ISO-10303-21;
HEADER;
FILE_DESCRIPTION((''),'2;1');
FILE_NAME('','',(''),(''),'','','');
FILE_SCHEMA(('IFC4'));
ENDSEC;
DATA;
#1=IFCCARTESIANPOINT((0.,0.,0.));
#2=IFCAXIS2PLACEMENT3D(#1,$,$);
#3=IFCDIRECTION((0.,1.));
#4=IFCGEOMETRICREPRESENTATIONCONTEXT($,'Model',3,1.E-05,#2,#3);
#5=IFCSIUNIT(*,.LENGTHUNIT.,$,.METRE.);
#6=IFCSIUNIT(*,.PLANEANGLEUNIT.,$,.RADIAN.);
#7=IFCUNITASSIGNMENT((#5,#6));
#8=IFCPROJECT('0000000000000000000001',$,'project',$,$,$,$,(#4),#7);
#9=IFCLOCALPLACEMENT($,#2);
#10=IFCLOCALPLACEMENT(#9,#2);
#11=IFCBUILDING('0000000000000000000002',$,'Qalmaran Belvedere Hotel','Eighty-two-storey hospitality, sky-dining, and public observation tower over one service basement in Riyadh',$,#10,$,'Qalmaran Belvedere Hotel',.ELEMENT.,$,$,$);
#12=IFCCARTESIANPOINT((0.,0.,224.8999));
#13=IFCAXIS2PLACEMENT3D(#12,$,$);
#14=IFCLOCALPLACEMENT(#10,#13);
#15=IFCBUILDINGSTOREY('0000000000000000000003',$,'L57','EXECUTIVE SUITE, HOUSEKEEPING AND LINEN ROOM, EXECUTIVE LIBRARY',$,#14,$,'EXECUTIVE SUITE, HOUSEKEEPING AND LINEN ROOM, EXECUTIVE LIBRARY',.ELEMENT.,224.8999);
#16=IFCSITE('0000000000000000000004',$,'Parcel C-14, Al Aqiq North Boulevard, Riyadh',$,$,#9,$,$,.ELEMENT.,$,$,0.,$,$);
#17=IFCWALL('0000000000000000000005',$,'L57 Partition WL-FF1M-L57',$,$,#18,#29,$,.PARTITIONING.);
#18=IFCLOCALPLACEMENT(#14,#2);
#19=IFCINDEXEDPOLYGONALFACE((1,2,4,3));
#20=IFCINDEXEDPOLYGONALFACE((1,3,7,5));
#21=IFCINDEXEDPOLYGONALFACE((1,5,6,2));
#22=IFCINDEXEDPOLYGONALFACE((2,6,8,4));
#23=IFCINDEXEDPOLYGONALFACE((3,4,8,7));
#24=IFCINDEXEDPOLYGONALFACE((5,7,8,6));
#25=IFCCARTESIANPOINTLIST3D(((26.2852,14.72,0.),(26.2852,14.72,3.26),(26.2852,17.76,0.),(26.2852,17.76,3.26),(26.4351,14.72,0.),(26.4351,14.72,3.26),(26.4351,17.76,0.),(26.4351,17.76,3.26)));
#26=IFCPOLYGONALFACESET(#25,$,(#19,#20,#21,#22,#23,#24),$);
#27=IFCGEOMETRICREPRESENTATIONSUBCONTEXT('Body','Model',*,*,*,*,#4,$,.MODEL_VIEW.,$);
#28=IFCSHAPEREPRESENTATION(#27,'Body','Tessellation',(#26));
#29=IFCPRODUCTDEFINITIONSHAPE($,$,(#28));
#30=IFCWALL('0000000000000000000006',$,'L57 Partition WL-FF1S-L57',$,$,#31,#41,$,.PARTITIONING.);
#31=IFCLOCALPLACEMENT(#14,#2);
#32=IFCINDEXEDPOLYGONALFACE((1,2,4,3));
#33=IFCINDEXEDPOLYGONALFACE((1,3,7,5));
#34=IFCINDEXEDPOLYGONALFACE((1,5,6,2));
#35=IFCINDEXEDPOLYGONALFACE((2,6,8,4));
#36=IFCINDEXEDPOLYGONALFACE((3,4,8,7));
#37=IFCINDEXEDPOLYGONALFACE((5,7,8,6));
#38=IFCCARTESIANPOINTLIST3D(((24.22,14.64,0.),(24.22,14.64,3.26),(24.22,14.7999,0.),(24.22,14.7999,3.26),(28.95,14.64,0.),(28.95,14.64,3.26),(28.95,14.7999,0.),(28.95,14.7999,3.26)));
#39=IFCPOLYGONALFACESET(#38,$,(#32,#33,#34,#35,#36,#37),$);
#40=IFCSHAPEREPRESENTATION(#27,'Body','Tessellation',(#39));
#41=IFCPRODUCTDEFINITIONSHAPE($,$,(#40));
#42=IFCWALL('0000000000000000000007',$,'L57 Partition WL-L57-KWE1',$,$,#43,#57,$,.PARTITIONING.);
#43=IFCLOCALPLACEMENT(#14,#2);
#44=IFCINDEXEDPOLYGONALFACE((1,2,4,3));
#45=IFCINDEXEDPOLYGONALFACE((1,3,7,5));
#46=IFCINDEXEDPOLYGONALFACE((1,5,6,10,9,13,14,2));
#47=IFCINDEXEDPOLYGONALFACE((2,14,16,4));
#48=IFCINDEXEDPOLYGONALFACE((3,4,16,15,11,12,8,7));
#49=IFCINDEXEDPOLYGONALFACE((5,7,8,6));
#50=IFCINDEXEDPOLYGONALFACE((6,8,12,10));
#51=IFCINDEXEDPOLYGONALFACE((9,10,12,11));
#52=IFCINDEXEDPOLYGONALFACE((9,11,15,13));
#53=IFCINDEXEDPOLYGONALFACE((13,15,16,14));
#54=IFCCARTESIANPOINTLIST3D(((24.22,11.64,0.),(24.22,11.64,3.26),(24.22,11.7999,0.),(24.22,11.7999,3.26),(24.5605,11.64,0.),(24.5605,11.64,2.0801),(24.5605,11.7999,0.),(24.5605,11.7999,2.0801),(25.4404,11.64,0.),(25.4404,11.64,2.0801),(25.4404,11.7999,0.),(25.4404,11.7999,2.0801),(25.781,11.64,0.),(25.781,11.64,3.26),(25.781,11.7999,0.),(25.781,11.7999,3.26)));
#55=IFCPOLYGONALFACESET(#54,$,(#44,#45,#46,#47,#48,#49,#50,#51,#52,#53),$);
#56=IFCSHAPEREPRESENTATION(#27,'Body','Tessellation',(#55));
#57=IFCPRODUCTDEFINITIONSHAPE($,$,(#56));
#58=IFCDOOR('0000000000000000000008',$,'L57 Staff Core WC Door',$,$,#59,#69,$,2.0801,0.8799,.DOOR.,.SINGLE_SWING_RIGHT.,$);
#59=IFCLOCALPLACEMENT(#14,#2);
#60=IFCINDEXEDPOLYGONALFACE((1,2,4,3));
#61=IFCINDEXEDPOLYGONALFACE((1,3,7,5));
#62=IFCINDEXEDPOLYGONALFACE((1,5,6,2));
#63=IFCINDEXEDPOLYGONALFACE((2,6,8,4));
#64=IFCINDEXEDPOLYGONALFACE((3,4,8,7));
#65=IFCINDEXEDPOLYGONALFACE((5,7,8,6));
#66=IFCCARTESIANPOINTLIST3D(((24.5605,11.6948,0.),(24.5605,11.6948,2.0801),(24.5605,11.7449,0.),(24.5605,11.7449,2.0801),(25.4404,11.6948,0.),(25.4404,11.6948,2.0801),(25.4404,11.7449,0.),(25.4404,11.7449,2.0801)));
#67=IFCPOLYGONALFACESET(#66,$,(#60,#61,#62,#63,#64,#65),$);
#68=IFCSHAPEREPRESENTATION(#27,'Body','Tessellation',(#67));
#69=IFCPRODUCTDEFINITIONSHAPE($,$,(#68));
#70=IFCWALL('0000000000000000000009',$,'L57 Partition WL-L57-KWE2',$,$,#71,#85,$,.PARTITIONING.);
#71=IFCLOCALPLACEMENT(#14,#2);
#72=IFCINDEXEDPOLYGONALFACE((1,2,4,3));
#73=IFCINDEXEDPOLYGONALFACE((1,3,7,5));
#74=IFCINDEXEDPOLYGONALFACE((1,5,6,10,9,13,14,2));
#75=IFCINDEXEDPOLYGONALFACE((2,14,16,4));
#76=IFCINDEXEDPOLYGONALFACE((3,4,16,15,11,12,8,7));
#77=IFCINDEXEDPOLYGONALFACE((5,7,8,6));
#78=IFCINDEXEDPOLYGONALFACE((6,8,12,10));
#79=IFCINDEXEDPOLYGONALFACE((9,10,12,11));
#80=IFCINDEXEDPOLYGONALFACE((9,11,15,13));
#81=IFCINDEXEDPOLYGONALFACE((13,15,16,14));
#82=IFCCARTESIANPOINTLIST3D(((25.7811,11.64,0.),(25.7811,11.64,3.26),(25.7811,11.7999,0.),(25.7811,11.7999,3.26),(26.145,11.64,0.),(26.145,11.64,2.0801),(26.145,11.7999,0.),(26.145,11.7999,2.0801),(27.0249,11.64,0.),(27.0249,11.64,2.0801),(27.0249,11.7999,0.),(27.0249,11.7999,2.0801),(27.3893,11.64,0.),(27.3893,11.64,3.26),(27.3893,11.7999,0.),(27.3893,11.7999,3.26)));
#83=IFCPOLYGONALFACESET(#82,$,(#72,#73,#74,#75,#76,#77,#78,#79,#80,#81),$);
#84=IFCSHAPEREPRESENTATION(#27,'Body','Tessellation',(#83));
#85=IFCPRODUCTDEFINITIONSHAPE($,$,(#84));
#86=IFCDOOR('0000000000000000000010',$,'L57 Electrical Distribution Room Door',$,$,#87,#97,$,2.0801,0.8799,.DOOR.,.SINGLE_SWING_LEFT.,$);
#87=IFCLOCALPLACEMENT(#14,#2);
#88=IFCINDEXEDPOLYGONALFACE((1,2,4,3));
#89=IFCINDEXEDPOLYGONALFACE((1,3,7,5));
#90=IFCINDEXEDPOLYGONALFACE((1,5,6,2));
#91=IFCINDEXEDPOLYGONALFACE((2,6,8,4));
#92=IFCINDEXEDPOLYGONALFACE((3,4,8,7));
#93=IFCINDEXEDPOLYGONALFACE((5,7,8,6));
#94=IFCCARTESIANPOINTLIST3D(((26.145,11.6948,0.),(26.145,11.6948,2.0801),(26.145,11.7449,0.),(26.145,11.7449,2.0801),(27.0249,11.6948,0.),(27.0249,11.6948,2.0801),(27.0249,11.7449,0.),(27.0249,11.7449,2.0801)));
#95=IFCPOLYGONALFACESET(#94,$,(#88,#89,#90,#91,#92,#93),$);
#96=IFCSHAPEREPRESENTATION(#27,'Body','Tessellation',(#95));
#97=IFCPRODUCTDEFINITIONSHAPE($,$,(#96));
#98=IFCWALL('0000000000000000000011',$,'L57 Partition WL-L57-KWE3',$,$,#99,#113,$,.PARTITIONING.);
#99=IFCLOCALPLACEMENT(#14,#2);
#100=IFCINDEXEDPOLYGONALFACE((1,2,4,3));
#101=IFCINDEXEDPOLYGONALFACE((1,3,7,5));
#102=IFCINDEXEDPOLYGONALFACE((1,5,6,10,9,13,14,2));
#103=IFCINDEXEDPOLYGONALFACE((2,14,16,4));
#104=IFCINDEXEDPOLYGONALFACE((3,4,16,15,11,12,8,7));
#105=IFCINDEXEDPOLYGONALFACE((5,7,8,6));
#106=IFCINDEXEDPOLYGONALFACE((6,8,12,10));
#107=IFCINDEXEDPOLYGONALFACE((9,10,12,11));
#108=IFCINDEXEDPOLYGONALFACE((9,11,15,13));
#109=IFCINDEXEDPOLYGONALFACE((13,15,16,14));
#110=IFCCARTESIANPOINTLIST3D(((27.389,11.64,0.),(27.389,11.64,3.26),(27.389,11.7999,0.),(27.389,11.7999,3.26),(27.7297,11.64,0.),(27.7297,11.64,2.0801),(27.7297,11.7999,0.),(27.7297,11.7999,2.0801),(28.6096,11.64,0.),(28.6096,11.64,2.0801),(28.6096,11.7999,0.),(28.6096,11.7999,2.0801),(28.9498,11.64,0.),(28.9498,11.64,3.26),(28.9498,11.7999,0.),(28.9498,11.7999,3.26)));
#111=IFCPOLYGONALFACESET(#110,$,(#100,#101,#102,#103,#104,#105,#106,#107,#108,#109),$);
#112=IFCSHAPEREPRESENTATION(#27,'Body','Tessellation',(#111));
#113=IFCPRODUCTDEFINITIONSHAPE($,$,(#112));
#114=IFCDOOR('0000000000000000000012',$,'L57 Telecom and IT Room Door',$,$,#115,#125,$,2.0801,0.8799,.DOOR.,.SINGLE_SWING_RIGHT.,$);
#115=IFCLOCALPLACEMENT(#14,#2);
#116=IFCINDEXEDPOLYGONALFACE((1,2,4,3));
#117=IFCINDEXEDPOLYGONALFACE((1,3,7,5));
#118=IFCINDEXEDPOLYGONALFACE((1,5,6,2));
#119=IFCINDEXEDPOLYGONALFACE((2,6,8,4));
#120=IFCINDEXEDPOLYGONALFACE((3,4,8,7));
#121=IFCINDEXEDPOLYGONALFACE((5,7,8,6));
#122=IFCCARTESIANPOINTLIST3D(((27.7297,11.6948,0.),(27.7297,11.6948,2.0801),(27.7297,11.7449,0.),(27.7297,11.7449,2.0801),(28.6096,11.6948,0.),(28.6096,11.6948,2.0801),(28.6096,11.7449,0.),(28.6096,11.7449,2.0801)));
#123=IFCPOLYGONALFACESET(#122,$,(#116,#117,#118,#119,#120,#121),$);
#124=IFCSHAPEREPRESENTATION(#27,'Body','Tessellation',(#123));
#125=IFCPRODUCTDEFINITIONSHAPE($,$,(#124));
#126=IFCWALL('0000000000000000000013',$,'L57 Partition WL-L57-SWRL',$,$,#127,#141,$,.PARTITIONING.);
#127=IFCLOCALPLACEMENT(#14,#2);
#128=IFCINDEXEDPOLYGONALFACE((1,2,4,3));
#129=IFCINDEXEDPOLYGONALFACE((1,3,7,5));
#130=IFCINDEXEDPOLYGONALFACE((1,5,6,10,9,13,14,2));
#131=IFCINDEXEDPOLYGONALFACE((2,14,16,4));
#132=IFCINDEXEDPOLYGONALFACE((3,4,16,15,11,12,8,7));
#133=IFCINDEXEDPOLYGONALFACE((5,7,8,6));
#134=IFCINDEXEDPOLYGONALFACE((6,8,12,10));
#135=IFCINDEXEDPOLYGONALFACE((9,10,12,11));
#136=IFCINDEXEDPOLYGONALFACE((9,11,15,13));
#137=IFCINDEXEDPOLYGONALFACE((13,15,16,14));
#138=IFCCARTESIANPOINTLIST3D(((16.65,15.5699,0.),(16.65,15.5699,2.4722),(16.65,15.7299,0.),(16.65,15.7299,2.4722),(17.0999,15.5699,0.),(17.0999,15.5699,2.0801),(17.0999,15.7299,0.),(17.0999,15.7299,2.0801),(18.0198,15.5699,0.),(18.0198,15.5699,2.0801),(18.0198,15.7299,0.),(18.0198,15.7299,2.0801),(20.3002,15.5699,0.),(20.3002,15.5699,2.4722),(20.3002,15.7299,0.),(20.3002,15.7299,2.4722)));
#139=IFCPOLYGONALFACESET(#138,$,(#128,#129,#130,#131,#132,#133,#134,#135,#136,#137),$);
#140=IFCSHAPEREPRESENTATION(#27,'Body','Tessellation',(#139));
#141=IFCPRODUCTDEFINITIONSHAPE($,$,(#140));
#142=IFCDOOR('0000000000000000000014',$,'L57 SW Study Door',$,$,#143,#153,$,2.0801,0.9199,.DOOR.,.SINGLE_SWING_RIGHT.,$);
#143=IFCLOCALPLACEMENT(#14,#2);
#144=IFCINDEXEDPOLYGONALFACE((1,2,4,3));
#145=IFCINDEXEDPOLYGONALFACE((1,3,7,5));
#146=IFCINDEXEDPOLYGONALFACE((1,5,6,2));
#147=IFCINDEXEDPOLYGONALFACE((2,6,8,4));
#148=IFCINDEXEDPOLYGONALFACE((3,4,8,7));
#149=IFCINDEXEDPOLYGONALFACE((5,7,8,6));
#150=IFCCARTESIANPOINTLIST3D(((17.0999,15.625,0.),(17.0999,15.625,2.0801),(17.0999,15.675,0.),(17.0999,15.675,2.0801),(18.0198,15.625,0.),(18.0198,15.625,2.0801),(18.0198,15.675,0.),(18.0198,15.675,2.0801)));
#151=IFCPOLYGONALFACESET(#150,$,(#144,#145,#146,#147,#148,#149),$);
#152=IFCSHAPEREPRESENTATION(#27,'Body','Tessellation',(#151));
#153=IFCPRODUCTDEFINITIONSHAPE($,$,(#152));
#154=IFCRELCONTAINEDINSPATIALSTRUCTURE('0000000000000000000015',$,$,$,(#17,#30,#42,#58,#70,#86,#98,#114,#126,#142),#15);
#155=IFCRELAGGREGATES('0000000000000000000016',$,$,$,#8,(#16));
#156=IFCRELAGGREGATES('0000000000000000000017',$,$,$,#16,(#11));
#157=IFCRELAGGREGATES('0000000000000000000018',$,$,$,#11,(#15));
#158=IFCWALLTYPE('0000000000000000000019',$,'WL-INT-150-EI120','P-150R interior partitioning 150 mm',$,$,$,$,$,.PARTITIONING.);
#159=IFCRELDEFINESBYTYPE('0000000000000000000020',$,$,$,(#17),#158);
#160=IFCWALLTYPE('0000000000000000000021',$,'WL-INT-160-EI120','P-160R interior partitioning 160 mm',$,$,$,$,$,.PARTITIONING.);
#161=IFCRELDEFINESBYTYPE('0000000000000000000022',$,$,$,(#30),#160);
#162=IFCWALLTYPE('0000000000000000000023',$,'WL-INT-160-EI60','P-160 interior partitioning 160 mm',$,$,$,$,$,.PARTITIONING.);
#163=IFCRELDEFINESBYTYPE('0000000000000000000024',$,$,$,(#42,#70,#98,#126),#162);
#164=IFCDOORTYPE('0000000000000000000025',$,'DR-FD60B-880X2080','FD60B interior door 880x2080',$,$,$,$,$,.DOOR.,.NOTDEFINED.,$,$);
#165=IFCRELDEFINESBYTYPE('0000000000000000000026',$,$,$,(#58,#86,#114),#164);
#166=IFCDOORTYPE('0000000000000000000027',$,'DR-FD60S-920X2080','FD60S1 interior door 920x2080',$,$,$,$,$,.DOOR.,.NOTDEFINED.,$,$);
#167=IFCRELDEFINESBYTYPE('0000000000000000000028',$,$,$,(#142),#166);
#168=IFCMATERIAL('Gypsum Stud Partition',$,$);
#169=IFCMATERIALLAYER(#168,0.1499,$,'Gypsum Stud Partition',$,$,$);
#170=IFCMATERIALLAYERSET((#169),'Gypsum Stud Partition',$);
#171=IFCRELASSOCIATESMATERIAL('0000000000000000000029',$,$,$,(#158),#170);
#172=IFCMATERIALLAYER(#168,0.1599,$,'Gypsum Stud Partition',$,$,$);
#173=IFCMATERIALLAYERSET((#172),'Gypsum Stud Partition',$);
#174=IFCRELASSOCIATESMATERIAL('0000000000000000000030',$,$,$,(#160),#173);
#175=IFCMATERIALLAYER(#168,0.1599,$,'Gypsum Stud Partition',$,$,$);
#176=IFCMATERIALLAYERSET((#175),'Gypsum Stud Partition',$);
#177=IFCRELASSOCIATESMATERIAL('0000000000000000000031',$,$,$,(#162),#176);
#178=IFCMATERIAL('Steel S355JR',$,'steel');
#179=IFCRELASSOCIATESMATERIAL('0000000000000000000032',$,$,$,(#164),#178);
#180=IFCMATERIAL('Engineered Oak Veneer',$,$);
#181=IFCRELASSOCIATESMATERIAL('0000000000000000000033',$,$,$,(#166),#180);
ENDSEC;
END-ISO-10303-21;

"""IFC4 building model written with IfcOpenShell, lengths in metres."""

from ifc_helpers import new_model, si_unit, direction, frame, frame_2d, origin, place, context, subcontext, project, spatial, rectangle, extrude, material, layer, layer_set, type_object, element, fill, save


model = new_model("IFC4")

# Units and contexts
model_context = context("Model", 3, precision=1e-05, world=origin(), true_north=direction((0.0, 1.0)))
body_context = subcontext(model_context, "Body", "Model", "MODEL_VIEW")
ifc_project = project(units=[si_unit("LENGTHUNIT", "METRE"), si_unit("PLANEANGLEUNIT", "RADIAN")], contexts=[model_context])

# Site, building, storey
site_placement = place(None, origin())
site = spatial("IfcSite", under=ifc_project, at=site_placement, Name="Parcel C-14, Al Aqiq North Boulevard, Riyadh", CompositionType="ELEMENT", RefElevation=0.0)
building_placement = place(site_placement, origin())
building = spatial("IfcBuilding", under=site, at=building_placement, Name="Qalmaran Belvedere Hotel", Description="Eighty-two-storey hospitality, sky-dining, and public observation tower over one service basement in Riyadh", LongName="Qalmaran Belvedere Hotel", CompositionType="ELEMENT")
storey_placement = place(building_placement, frame((0.0, 0.0, 224.8999)))
storey = spatial("IfcBuildingStorey", under=building, at=storey_placement, Name="L57", Description="EXECUTIVE SUITE, HOUSEKEEPING AND LINEN ROOM, EXECUTIVE LIBRARY", LongName="EXECUTIVE SUITE, HOUSEKEEPING AND LINEN ROOM, EXECUTIVE LIBRARY", CompositionType="ELEMENT", Elevation=224.8999)

# Walls
ifc_material_1 = material(Name="Gypsum Stud Partition")
ifc_layer_1 = layer(ifc_material_1, 0.1499, Name="Gypsum Stud Partition")
ifc_layer_set_1 = layer_set([ifc_layer_1], Name="Gypsum Stud Partition")
wall_type_1 = type_object("IfcWallType", Name="WL-INT-150-EI120", Description="P-150R interior partitioning 150 mm", PredefinedType="PARTITIONING", material=ifc_layer_set_1)
wall_1_placement = place(storey_placement, frame((26.3601, 14.72, 0.0), z_axis=(0.0, 0.0, 1.0), x_axis=(0.0, 1.0, 0.0)))
element("IfcWall", 1, at=wall_1_placement, inside=storey, type_object=wall_type_1, Name="L57 Partition WL-FF1M-L57", PredefinedType="PARTITIONING", context=body_context, shape_type="SweptSolid", body=[
    extrude(rectangle(XDim=3.04, YDim=0.1499, at=frame_2d((1.52, 0.0))), origin(), (0.0, 0.0, 1.0), 3.26),
])
ifc_layer_2 = layer(ifc_material_1, 0.1599, Name="Gypsum Stud Partition")
ifc_layer_set_2 = layer_set([ifc_layer_2], Name="Gypsum Stud Partition")
wall_type_2 = type_object("IfcWallType", Name="WL-INT-160-EI120", Description="P-160R interior partitioning 160 mm", PredefinedType="PARTITIONING", material=ifc_layer_set_2)
wall_2_placement = place(storey_placement, frame((24.22, 14.72, 0.0), z_axis=(0.0, 0.0, 1.0), x_axis=(1.0, 0.0, 0.0)))
element("IfcWall", 2, at=wall_2_placement, inside=storey, type_object=wall_type_2, Name="L57 Partition WL-FF1S-L57", PredefinedType="PARTITIONING", context=body_context, shape_type="SweptSolid", body=[
    extrude(rectangle(XDim=4.73, YDim=0.1599, at=frame_2d((2.365, 0.0))), origin(), (0.0, 0.0, 1.0), 3.26),
])

# Walls, openings, doors
ifc_layer_3 = layer(ifc_material_1, 0.1599, Name="Gypsum Stud Partition")
ifc_layer_set_3 = layer_set([ifc_layer_3], Name="Gypsum Stud Partition")
wall_type_3 = type_object("IfcWallType", Name="WL-INT-160-EI60", Description="P-160 interior partitioning 160 mm", PredefinedType="PARTITIONING", material=ifc_layer_set_3)
wall_3_placement = place(storey_placement, frame((24.22, 11.72, 0.0), z_axis=(0.0, 0.0, 1.0), x_axis=(1.0, 0.0, 0.0)))
wall_3 = element("IfcWall", 3, at=wall_3_placement, inside=storey, type_object=wall_type_3, Name="L57 Partition WL-L57-KWE1", PredefinedType="PARTITIONING", context=body_context, shape_type="SweptSolid", body=[
    extrude(rectangle(XDim=1.561, YDim=0.1599, at=frame_2d((0.7805, 0.0))), origin(), (0.0, 0.0, 1.0), 3.26),
])
opening_1_placement = place(wall_3_placement, frame((0.3406, 0.0, 0.0)))
opening_1 = element("IfcOpeningElement", 4, at=opening_1_placement, cuts=wall_3, PredefinedType="OPENING", context=body_context, shape_type="SweptSolid", body=[
    extrude(rectangle(XDim=0.8799, YDim=2.0801, at=frame_2d((0.4399, 1.04))), frame((0.0, 0.0898, 0.0), z_axis=(0.0, -1.0, 0.0), x_axis=(1.0, 0.0, 0.0)), (0.0, 0.0, 1.0), 0.1799),
])
ifc_material_2 = material(Name="Steel S355JR", Category="steel")
door_type_1 = type_object("IfcDoorType", Name="DR-FD60B-880X2080", Description="FD60B interior door 880x2080", OperationType="NOTDEFINED", PredefinedType="DOOR", material=ifc_material_2)
door_1_placement = place(opening_1_placement, origin())
door_1 = element("IfcDoor", 5, at=door_1_placement, inside=storey, type_object=door_type_1, Name="L57 Staff Core WC Door", OperationType="SINGLE_SWING_RIGHT", OverallHeight=2.0801, OverallWidth=0.8799, PredefinedType="DOOR", context=body_context, shape_type="SweptSolid", body=[
    extrude(rectangle(XDim=0.8799, YDim=2.0801, at=frame_2d((0.4399, 1.04))), frame((0.0, 0.0249, 0.0), z_axis=(0.0, -1.0, 0.0), x_axis=(1.0, 0.0, 0.0)), (0.0, 0.0, 1.0), 0.05),
])
fill(opening_1, door_1)
wall_4_placement = place(storey_placement, frame((25.781, 11.72, 0.0), z_axis=(0.0, 0.0, 1.0), x_axis=(1.0, 0.0, 0.0)))
wall_4 = element("IfcWall", 6, at=wall_4_placement, inside=storey, type_object=wall_type_3, Name="L57 Partition WL-L57-KWE2", PredefinedType="PARTITIONING", context=body_context, shape_type="SweptSolid", body=[
    extrude(rectangle(XDim=1.6082, YDim=0.1599, at=frame_2d((0.8042, 0.0))), origin(), (0.0, 0.0, 1.0), 3.26),
])
opening_2_placement = place(wall_4_placement, frame((0.364, 0.0, 0.0)))
opening_2 = element("IfcOpeningElement", 7, at=opening_2_placement, cuts=wall_4, PredefinedType="OPENING", context=body_context, shape_type="SweptSolid", body=[
    extrude(rectangle(XDim=0.8799, YDim=2.0801, at=frame_2d((0.4399, 1.04))), frame((0.0, 0.0898, 0.0), z_axis=(0.0, -1.0, 0.0), x_axis=(1.0, 0.0, 0.0)), (0.0, 0.0, 1.0), 0.1799),
])
door_2_placement = place(opening_2_placement, origin())
door_2 = element("IfcDoor", 8, at=door_2_placement, inside=storey, type_object=door_type_1, Name="L57 Electrical Distribution Room Door", OperationType="SINGLE_SWING_LEFT", OverallHeight=2.0801, OverallWidth=0.8799, PredefinedType="DOOR", context=body_context, shape_type="SweptSolid", body=[
    extrude(rectangle(XDim=0.8799, YDim=2.0801, at=frame_2d((0.4399, 1.04))), frame((0.0, 0.0249, 0.0), z_axis=(0.0, -1.0, 0.0), x_axis=(1.0, 0.0, 0.0)), (0.0, 0.0, 1.0), 0.05),
])
fill(opening_2, door_2)
wall_5_placement = place(storey_placement, frame((27.3892, 11.72, 0.0), z_axis=(0.0, 0.0, 1.0), x_axis=(1.0, 0.0, 0.0)))
wall_5 = element("IfcWall", 9, at=wall_5_placement, inside=storey, type_object=wall_type_3, Name="L57 Partition WL-L57-KWE3", PredefinedType="PARTITIONING", context=body_context, shape_type="SweptSolid", body=[
    extrude(rectangle(XDim=1.5608, YDim=0.1599, at=frame_2d((0.7803, 0.0))), origin(), (0.0, 0.0, 1.0), 3.26),
])
opening_3_placement = place(wall_5_placement, frame((0.3406, 0.0, 0.0)))
opening_3 = element("IfcOpeningElement", 10, at=opening_3_placement, cuts=wall_5, PredefinedType="OPENING", context=body_context, shape_type="SweptSolid", body=[
    extrude(rectangle(XDim=0.8799, YDim=2.0801, at=frame_2d((0.4399, 1.04))), frame((0.0, 0.0898, 0.0), z_axis=(0.0, -1.0, 0.0), x_axis=(1.0, 0.0, 0.0)), (0.0, 0.0, 1.0), 0.1799),
])
door_3_placement = place(opening_3_placement, origin())
door_3 = element("IfcDoor", 11, at=door_3_placement, inside=storey, type_object=door_type_1, Name="L57 Telecom and IT Room Door", OperationType="SINGLE_SWING_RIGHT", OverallHeight=2.0801, OverallWidth=0.8799, PredefinedType="DOOR", context=body_context, shape_type="SweptSolid", body=[
    extrude(rectangle(XDim=0.8799, YDim=2.0801, at=frame_2d((0.4399, 1.04))), frame((0.0, 0.0249, 0.0), z_axis=(0.0, -1.0, 0.0), x_axis=(1.0, 0.0, 0.0)), (0.0, 0.0, 1.0), 0.05),
])
fill(opening_3, door_3)
wall_6_placement = place(storey_placement, frame((16.6499, 15.6499, 0.0), z_axis=(0.0, 0.0, 1.0), x_axis=(1.0, 0.0, 0.0)))
wall_6 = element("IfcWall", 12, at=wall_6_placement, inside=storey, type_object=wall_type_3, Name="L57 Partition WL-L57-SWRL", PredefinedType="PARTITIONING", context=body_context, shape_type="SweptSolid", body=[
    extrude(rectangle(XDim=3.6501, YDim=0.1599, at=frame_2d((1.8252, 0.0))), origin(), (0.0, 0.0, 1.0), 2.4722),
])
opening_4_placement = place(wall_6_placement, frame((1.3699, 0.0, 0.0), z_axis=(0.0, 0.0, 1.0), x_axis=(-1.0, 0.0, 0.0)))
opening_4 = element("IfcOpeningElement", 13, at=opening_4_placement, cuts=wall_6, PredefinedType="OPENING", context=body_context, shape_type="SweptSolid", body=[
    extrude(rectangle(XDim=0.9199, YDim=2.0801, at=frame_2d((0.46, 1.04))), frame((0.0, 0.0898, 0.0), z_axis=(0.0, -1.0, 0.0), x_axis=(1.0, 0.0, 0.0)), (0.0, 0.0, 1.0), 0.1799),
])
ifc_material_3 = material(Name="Engineered Oak Veneer")
door_type_2 = type_object("IfcDoorType", Name="DR-FD60S-920X2080", Description="FD60S1 interior door 920x2080", OperationType="NOTDEFINED", PredefinedType="DOOR", material=ifc_material_3)
door_4_placement = place(opening_4_placement, origin())
door_4 = element("IfcDoor", 14, at=door_4_placement, inside=storey, type_object=door_type_2, Name="L57 SW Study Door", OperationType="SINGLE_SWING_RIGHT", OverallHeight=2.0801, OverallWidth=0.9199, PredefinedType="DOOR", context=body_context, shape_type="SweptSolid", body=[
    extrude(rectangle(XDim=0.9199, YDim=2.0801, at=frame_2d((0.46, 1.04))), frame((0.0, 0.0249, 0.0), z_axis=(0.0, -1.0, 0.0), x_axis=(1.0, 0.0, 0.0)), (0.0, 0.0, 1.0), 0.05),
])
fill(opening_4, door_4)

save(model, "model.ifc")
